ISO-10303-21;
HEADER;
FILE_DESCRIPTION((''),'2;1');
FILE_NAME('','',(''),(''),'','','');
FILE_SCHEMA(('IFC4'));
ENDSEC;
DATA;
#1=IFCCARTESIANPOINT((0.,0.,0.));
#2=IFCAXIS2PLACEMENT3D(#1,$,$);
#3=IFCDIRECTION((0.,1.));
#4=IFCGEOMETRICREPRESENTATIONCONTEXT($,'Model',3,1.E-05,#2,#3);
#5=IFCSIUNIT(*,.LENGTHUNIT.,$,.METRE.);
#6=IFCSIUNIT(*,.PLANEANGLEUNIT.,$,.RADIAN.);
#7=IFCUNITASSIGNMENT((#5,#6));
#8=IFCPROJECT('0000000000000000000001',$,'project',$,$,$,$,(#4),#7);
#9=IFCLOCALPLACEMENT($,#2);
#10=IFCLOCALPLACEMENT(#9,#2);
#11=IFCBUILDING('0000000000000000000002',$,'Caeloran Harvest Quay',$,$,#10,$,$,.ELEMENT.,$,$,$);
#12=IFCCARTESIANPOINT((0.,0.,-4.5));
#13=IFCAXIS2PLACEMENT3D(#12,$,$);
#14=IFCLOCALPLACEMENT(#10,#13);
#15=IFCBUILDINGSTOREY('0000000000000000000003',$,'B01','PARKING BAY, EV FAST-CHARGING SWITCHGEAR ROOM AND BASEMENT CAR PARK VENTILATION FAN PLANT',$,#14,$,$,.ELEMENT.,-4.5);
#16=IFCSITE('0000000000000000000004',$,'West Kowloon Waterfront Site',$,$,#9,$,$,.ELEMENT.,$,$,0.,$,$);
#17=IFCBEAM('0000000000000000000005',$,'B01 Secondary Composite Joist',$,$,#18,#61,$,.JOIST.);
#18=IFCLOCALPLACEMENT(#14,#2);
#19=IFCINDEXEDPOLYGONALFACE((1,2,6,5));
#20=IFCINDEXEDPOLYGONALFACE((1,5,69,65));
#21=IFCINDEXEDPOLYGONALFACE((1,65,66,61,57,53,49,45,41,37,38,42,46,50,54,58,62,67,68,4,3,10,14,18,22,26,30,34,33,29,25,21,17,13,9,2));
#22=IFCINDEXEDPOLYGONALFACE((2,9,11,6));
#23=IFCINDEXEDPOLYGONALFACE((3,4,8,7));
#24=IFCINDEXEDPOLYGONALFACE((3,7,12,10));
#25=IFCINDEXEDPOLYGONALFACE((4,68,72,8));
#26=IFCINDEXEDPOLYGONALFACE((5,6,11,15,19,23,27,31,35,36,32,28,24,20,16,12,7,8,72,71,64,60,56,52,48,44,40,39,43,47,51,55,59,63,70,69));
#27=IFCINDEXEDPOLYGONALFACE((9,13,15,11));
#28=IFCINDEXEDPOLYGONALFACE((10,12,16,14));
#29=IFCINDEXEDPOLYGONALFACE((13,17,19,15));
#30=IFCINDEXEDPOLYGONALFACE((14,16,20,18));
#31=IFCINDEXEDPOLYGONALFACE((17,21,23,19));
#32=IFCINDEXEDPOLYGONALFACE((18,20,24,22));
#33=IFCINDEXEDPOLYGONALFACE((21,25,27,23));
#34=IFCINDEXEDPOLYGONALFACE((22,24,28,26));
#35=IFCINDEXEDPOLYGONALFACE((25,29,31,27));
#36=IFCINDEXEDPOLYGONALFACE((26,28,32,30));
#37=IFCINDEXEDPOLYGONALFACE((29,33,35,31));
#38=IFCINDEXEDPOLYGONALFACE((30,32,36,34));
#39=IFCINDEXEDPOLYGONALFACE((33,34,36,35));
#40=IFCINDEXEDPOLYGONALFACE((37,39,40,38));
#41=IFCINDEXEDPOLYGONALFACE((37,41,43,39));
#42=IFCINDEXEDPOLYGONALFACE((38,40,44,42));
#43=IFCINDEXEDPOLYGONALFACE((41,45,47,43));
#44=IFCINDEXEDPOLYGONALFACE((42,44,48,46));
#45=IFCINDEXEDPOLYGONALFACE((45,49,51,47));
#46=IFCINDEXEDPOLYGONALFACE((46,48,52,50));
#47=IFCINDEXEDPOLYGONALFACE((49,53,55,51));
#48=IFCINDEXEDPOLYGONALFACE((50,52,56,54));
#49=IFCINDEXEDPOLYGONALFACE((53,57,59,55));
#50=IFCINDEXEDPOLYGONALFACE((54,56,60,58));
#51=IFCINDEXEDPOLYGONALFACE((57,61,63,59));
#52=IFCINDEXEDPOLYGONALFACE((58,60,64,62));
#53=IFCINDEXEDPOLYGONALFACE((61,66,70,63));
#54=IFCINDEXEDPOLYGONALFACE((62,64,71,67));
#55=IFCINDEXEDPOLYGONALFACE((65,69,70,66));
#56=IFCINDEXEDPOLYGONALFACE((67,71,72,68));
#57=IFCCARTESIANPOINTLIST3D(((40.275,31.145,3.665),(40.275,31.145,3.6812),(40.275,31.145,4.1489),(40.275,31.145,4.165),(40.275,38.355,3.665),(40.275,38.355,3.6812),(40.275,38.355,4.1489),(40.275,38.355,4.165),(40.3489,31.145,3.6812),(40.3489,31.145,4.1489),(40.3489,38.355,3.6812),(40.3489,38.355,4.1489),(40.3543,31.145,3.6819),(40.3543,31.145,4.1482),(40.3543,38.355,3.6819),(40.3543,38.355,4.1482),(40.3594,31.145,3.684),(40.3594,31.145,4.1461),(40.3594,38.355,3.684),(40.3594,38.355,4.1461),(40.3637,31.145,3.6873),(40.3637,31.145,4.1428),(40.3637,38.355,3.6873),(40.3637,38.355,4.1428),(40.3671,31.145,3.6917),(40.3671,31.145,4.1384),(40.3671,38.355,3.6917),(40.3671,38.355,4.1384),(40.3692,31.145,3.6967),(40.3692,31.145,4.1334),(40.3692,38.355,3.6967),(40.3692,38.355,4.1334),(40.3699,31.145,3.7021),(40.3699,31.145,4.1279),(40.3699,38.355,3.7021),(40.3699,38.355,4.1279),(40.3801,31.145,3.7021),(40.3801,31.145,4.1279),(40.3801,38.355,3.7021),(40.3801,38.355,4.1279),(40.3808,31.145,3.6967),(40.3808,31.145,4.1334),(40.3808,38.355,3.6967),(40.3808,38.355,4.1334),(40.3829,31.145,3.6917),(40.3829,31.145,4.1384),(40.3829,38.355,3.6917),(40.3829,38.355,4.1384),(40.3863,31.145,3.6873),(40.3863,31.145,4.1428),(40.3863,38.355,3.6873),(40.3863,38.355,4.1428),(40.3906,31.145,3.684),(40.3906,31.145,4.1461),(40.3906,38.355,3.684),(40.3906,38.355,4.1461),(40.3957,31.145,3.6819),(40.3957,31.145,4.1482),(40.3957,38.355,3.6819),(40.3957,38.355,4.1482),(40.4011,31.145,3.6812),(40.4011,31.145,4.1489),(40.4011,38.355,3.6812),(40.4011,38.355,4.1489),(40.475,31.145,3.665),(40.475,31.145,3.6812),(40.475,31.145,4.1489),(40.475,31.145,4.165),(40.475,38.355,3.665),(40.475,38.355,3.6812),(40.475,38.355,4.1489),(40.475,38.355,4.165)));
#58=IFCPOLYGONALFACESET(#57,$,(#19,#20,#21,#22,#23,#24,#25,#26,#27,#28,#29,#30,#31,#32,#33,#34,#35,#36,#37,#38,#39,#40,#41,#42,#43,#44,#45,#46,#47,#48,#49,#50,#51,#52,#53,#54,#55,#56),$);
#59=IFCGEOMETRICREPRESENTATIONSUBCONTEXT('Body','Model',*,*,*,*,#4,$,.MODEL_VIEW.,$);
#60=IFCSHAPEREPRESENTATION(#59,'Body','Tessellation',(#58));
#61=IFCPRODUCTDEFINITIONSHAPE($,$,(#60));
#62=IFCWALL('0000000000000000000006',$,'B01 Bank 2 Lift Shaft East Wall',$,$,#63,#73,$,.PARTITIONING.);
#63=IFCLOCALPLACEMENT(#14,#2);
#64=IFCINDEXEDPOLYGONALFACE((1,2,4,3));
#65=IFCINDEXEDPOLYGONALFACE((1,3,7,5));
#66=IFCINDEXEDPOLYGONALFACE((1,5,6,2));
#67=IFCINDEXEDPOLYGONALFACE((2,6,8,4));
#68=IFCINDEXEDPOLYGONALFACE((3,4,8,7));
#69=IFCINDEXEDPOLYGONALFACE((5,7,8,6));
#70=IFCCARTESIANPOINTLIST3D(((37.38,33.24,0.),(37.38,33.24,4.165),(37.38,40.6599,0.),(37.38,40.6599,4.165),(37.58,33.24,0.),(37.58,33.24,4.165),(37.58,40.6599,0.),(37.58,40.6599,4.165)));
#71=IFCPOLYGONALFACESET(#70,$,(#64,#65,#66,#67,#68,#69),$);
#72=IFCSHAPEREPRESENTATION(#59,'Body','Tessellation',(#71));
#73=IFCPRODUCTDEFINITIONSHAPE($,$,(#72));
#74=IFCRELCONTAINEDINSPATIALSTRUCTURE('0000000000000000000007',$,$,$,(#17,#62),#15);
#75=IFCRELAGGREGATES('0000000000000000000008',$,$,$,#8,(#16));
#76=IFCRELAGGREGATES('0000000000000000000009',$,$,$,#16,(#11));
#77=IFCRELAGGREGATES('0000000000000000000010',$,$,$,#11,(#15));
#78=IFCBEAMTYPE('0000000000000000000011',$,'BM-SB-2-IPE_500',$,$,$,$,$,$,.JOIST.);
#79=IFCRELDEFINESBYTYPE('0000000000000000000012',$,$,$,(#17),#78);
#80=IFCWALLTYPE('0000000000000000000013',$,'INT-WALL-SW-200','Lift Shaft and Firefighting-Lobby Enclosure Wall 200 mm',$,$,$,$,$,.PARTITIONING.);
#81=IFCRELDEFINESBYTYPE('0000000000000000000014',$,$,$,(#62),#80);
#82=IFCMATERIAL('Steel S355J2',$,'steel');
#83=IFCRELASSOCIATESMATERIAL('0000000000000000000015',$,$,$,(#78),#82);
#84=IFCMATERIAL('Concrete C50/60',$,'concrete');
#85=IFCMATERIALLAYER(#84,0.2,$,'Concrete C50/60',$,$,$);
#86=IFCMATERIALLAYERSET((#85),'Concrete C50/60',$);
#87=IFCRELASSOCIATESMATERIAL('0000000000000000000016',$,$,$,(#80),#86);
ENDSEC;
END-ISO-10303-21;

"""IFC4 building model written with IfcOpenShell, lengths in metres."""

from ifc_helpers import new_model, si_unit, direction, frame, frame_2d, origin, origin_2d, place, context, subcontext, project, spatial, rectangle, i_section, extrude, material, layer, layer_set, material_profile, profile_set, type_object, element, save


model = new_model("IFC4")

# Units and contexts
model_context = context("Model", 3, precision=1e-05, world=origin(), true_north=direction((0.0, 1.0)))
body_context = subcontext(model_context, "Body", "Model", "MODEL_VIEW")
ifc_project = project(units=[si_unit("LENGTHUNIT", "METRE"), si_unit("PLANEANGLEUNIT", "RADIAN")], contexts=[model_context])

# Site, building, storey
site_placement = place(None, origin())
site = spatial("IfcSite", under=ifc_project, at=site_placement, Name="West Kowloon Waterfront Site", CompositionType="ELEMENT", RefElevation=0.0)
building_placement = place(site_placement, origin())
building = spatial("IfcBuilding", under=site, at=building_placement, Name="Caeloran Harvest Quay", CompositionType="ELEMENT")
storey_placement = place(building_placement, frame((0.0, 0.0, -4.5)))
storey = spatial("IfcBuildingStorey", under=building, at=storey_placement, Name="B01", Description="PARKING BAY, EV FAST-CHARGING SWITCHGEAR ROOM AND BASEMENT CAR PARK VENTILATION FAN PLANT", CompositionType="ELEMENT", Elevation=-4.5)

# Beam
ifc_material_1 = material(Name="Steel S355J2", Category="steel")
ifc_material_profile_1 = material_profile(ifc_material_1, i_section(OverallWidth=0.2, OverallDepth=0.5, WebThickness=0.0103, FlangeThickness=0.0161, FilletRadius=0.021, at=origin_2d()), Name="IPE 500")
ifc_profile_set_1 = profile_set([ifc_material_profile_1], Name="Steel S355J2")
beam_type_1 = type_object("IfcBeamType", Name="BM-SB-2-IPE_500", PredefinedType="JOIST", material=ifc_profile_set_1)
for number, where, z_axis, x_axis, name in (
    (1, (40.375, 31.145, 3.915), (0.0, 1.0, 0.0), (-1.0, 0.0, 0.0), "B01 Secondary Composite Joist"),
):
    element("IfcBeam", number, at=place(storey_placement, frame(where, z_axis=z_axis, x_axis=x_axis)), inside=storey, type_object=beam_type_1, Name=name, PredefinedType="JOIST", context=body_context, shape_type="SweptSolid", body=[
        extrude(i_section(OverallWidth=0.2, OverallDepth=0.5, WebThickness=0.0103, FlangeThickness=0.0161, FilletRadius=0.021, at=origin_2d()), origin(), (0.0, 0.0, 1.0), 7.21),
    ])

# Wall
ifc_material_2 = material(Name="Concrete C50/60", Category="concrete")
ifc_layer = layer(ifc_material_2, 0.2, Name="Concrete C50/60")
ifc_layer_set = layer_set([ifc_layer], Name="Concrete C50/60")
wall_type = type_object("IfcWallType", Name="INT-WALL-SW-200", Description="Lift Shaft and Firefighting-Lobby Enclosure Wall 200 mm", PredefinedType="PARTITIONING", material=ifc_layer_set)
wall_placement = place(storey_placement, frame((37.48, 33.24, 0.0), z_axis=(0.0, 0.0, 1.0), x_axis=(0.0, 1.0, 0.0)))
element("IfcWall", 2, at=wall_placement, inside=storey, type_object=wall_type, Name="B01 Bank 2 Lift Shaft East Wall", PredefinedType="PARTITIONING", context=body_context, shape_type="SweptSolid", body=[
    extrude(rectangle(XDim=7.4199, YDim=0.2, at=frame_2d((3.71, 0.0))), origin(), (0.0, 0.0, 1.0), 4.165),
])

save(model, "model.ifc")
